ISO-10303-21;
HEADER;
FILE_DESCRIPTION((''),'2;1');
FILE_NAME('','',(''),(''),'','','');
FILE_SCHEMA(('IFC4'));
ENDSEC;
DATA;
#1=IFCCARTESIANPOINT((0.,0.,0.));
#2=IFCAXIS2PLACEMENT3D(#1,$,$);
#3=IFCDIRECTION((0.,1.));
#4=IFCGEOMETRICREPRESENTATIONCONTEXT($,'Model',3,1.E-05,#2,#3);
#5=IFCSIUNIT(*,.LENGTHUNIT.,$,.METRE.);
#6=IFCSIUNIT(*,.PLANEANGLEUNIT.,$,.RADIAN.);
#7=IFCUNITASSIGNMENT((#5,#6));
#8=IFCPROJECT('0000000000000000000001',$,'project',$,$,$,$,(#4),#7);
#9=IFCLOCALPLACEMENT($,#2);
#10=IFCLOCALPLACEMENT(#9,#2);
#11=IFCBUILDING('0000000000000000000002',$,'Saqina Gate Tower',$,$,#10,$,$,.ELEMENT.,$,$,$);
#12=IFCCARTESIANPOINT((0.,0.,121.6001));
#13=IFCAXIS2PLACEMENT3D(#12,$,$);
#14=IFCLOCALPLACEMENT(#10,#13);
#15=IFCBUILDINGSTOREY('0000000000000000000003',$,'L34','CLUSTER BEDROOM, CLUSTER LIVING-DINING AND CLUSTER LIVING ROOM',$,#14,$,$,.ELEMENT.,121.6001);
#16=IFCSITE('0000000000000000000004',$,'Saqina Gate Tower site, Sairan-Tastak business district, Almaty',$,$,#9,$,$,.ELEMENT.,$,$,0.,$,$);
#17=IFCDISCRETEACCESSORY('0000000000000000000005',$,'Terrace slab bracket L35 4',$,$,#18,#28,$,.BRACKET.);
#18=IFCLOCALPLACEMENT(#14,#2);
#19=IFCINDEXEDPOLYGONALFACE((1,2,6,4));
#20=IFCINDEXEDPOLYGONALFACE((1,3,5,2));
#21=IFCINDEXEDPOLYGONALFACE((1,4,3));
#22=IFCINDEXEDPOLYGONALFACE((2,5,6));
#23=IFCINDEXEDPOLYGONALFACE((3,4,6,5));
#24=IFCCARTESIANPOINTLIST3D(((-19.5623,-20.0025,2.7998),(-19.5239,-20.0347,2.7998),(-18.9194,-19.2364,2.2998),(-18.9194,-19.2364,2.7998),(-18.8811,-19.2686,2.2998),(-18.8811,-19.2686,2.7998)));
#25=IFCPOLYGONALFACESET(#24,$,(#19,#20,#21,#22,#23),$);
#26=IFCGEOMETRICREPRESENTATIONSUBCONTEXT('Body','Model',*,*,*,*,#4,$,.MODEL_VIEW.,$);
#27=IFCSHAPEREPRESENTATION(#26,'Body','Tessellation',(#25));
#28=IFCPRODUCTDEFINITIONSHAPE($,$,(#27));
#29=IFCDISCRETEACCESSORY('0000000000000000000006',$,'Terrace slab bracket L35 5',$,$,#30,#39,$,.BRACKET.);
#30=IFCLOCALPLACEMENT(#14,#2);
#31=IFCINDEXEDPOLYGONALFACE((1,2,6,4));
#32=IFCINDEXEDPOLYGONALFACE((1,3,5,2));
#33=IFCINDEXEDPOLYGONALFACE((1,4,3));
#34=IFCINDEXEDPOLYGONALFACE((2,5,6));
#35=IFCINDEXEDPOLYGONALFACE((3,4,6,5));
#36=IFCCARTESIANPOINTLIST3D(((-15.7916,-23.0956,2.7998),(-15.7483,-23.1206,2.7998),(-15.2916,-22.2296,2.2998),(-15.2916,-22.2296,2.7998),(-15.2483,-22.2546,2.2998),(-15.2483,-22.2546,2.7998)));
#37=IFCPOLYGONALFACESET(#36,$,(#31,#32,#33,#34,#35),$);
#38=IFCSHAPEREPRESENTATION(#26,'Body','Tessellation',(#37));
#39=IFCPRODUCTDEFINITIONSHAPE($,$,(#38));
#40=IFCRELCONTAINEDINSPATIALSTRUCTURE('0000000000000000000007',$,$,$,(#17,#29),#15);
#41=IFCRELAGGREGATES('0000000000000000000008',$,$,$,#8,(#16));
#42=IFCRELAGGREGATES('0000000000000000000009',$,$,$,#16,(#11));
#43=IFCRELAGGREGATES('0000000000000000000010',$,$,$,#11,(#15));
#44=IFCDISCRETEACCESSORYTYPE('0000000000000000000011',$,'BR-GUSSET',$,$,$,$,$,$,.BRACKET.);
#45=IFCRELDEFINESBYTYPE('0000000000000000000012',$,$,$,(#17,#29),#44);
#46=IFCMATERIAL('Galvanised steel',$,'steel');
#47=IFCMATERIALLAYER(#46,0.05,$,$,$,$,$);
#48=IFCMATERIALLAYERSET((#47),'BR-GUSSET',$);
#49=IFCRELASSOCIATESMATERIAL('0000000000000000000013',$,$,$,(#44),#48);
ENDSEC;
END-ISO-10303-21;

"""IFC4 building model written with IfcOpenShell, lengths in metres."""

from ifc_helpers import new_model, si_unit, direction, frame, origin, place, context, subcontext, project, spatial, polyline, outline, extrude, material, layer, layer_set, type_object, element, save


model = new_model("IFC4")

# Units and contexts
model_context = context("Model", 3, precision=1e-05, world=origin(), true_north=direction((0.0, 1.0)))
body_context = subcontext(model_context, "Body", "Model", "MODEL_VIEW")
ifc_project = project(units=[si_unit("LENGTHUNIT", "METRE"), si_unit("PLANEANGLEUNIT", "RADIAN")], contexts=[model_context])

# Site, building, storey
site_placement = place(None, origin())
site = spatial("IfcSite", under=ifc_project, at=site_placement, Name="Saqina Gate Tower site, Sairan-Tastak business district, Almaty", CompositionType="ELEMENT", RefElevation=0.0)
building_placement = place(site_placement, origin())
building = spatial("IfcBuilding", under=site, at=building_placement, Name="Saqina Gate Tower", CompositionType="ELEMENT")
storey_placement = place(building_placement, frame((0.0, 0.0, 121.6001)))
storey = spatial("IfcBuildingStorey", under=building, at=storey_placement, Name="L34", Description="CLUSTER BEDROOM, CLUSTER LIVING-DINING AND CLUSTER LIVING ROOM", CompositionType="ELEMENT", Elevation=121.6001)

# Discrete accessories
ifc_material_1 = material(Name="Galvanised steel", Category="steel")
ifc_layer_1 = layer(ifc_material_1, 0.05)
ifc_layer_set_1 = layer_set([ifc_layer_1], Name="BR-GUSSET")
discrete_accessory_type_1 = type_object("IfcDiscreteAccessoryType", Name="BR-GUSSET", PredefinedType="BRACKET", material=ifc_layer_set_1)
for number, where, z_axis, x_axis, name in (
    (1, (-18.8811, -19.2686, 2.2998), (0.766056, -0.642774, 0.0), (0.0, 0.0, 1.0), "Terrace slab bracket L35 4"),
):
    element("IfcDiscreteAccessory", number, at=place(storey_placement, frame(where, z_axis=z_axis, x_axis=x_axis)), inside=storey, type_object=discrete_accessory_type_1, Name=name, PredefinedType="BRACKET", context=body_context, shape_type="SweptSolid", body=[
        extrude(outline(polyline([(0.0, 0.0), (0.5, 0.0), (0.5, 1.0001), (0.0, 0.0)])), origin(), (0.0, 0.0, -1.0), 0.05),
    ])
discrete_accessory_1_placement = place(storey_placement, frame((-15.2483, -22.2546, 2.2998), z_axis=(0.866011, -0.500025, 0.0), x_axis=(0.0, 0.0, 1.0)))
element("IfcDiscreteAccessory", 2, at=discrete_accessory_1_placement, inside=storey, type_object=discrete_accessory_type_1, Name="Terrace slab bracket L35 5", PredefinedType="BRACKET", context=body_context, shape_type="SweptSolid", body=[
    extrude(outline(polyline([(0.0, 0.0), (0.5, 0.0), (0.5, 0.9999), (0.0, 0.0)])), origin(), (0.0, 0.0, -1.0), 0.05),
])

save(model, "model.ifc")
